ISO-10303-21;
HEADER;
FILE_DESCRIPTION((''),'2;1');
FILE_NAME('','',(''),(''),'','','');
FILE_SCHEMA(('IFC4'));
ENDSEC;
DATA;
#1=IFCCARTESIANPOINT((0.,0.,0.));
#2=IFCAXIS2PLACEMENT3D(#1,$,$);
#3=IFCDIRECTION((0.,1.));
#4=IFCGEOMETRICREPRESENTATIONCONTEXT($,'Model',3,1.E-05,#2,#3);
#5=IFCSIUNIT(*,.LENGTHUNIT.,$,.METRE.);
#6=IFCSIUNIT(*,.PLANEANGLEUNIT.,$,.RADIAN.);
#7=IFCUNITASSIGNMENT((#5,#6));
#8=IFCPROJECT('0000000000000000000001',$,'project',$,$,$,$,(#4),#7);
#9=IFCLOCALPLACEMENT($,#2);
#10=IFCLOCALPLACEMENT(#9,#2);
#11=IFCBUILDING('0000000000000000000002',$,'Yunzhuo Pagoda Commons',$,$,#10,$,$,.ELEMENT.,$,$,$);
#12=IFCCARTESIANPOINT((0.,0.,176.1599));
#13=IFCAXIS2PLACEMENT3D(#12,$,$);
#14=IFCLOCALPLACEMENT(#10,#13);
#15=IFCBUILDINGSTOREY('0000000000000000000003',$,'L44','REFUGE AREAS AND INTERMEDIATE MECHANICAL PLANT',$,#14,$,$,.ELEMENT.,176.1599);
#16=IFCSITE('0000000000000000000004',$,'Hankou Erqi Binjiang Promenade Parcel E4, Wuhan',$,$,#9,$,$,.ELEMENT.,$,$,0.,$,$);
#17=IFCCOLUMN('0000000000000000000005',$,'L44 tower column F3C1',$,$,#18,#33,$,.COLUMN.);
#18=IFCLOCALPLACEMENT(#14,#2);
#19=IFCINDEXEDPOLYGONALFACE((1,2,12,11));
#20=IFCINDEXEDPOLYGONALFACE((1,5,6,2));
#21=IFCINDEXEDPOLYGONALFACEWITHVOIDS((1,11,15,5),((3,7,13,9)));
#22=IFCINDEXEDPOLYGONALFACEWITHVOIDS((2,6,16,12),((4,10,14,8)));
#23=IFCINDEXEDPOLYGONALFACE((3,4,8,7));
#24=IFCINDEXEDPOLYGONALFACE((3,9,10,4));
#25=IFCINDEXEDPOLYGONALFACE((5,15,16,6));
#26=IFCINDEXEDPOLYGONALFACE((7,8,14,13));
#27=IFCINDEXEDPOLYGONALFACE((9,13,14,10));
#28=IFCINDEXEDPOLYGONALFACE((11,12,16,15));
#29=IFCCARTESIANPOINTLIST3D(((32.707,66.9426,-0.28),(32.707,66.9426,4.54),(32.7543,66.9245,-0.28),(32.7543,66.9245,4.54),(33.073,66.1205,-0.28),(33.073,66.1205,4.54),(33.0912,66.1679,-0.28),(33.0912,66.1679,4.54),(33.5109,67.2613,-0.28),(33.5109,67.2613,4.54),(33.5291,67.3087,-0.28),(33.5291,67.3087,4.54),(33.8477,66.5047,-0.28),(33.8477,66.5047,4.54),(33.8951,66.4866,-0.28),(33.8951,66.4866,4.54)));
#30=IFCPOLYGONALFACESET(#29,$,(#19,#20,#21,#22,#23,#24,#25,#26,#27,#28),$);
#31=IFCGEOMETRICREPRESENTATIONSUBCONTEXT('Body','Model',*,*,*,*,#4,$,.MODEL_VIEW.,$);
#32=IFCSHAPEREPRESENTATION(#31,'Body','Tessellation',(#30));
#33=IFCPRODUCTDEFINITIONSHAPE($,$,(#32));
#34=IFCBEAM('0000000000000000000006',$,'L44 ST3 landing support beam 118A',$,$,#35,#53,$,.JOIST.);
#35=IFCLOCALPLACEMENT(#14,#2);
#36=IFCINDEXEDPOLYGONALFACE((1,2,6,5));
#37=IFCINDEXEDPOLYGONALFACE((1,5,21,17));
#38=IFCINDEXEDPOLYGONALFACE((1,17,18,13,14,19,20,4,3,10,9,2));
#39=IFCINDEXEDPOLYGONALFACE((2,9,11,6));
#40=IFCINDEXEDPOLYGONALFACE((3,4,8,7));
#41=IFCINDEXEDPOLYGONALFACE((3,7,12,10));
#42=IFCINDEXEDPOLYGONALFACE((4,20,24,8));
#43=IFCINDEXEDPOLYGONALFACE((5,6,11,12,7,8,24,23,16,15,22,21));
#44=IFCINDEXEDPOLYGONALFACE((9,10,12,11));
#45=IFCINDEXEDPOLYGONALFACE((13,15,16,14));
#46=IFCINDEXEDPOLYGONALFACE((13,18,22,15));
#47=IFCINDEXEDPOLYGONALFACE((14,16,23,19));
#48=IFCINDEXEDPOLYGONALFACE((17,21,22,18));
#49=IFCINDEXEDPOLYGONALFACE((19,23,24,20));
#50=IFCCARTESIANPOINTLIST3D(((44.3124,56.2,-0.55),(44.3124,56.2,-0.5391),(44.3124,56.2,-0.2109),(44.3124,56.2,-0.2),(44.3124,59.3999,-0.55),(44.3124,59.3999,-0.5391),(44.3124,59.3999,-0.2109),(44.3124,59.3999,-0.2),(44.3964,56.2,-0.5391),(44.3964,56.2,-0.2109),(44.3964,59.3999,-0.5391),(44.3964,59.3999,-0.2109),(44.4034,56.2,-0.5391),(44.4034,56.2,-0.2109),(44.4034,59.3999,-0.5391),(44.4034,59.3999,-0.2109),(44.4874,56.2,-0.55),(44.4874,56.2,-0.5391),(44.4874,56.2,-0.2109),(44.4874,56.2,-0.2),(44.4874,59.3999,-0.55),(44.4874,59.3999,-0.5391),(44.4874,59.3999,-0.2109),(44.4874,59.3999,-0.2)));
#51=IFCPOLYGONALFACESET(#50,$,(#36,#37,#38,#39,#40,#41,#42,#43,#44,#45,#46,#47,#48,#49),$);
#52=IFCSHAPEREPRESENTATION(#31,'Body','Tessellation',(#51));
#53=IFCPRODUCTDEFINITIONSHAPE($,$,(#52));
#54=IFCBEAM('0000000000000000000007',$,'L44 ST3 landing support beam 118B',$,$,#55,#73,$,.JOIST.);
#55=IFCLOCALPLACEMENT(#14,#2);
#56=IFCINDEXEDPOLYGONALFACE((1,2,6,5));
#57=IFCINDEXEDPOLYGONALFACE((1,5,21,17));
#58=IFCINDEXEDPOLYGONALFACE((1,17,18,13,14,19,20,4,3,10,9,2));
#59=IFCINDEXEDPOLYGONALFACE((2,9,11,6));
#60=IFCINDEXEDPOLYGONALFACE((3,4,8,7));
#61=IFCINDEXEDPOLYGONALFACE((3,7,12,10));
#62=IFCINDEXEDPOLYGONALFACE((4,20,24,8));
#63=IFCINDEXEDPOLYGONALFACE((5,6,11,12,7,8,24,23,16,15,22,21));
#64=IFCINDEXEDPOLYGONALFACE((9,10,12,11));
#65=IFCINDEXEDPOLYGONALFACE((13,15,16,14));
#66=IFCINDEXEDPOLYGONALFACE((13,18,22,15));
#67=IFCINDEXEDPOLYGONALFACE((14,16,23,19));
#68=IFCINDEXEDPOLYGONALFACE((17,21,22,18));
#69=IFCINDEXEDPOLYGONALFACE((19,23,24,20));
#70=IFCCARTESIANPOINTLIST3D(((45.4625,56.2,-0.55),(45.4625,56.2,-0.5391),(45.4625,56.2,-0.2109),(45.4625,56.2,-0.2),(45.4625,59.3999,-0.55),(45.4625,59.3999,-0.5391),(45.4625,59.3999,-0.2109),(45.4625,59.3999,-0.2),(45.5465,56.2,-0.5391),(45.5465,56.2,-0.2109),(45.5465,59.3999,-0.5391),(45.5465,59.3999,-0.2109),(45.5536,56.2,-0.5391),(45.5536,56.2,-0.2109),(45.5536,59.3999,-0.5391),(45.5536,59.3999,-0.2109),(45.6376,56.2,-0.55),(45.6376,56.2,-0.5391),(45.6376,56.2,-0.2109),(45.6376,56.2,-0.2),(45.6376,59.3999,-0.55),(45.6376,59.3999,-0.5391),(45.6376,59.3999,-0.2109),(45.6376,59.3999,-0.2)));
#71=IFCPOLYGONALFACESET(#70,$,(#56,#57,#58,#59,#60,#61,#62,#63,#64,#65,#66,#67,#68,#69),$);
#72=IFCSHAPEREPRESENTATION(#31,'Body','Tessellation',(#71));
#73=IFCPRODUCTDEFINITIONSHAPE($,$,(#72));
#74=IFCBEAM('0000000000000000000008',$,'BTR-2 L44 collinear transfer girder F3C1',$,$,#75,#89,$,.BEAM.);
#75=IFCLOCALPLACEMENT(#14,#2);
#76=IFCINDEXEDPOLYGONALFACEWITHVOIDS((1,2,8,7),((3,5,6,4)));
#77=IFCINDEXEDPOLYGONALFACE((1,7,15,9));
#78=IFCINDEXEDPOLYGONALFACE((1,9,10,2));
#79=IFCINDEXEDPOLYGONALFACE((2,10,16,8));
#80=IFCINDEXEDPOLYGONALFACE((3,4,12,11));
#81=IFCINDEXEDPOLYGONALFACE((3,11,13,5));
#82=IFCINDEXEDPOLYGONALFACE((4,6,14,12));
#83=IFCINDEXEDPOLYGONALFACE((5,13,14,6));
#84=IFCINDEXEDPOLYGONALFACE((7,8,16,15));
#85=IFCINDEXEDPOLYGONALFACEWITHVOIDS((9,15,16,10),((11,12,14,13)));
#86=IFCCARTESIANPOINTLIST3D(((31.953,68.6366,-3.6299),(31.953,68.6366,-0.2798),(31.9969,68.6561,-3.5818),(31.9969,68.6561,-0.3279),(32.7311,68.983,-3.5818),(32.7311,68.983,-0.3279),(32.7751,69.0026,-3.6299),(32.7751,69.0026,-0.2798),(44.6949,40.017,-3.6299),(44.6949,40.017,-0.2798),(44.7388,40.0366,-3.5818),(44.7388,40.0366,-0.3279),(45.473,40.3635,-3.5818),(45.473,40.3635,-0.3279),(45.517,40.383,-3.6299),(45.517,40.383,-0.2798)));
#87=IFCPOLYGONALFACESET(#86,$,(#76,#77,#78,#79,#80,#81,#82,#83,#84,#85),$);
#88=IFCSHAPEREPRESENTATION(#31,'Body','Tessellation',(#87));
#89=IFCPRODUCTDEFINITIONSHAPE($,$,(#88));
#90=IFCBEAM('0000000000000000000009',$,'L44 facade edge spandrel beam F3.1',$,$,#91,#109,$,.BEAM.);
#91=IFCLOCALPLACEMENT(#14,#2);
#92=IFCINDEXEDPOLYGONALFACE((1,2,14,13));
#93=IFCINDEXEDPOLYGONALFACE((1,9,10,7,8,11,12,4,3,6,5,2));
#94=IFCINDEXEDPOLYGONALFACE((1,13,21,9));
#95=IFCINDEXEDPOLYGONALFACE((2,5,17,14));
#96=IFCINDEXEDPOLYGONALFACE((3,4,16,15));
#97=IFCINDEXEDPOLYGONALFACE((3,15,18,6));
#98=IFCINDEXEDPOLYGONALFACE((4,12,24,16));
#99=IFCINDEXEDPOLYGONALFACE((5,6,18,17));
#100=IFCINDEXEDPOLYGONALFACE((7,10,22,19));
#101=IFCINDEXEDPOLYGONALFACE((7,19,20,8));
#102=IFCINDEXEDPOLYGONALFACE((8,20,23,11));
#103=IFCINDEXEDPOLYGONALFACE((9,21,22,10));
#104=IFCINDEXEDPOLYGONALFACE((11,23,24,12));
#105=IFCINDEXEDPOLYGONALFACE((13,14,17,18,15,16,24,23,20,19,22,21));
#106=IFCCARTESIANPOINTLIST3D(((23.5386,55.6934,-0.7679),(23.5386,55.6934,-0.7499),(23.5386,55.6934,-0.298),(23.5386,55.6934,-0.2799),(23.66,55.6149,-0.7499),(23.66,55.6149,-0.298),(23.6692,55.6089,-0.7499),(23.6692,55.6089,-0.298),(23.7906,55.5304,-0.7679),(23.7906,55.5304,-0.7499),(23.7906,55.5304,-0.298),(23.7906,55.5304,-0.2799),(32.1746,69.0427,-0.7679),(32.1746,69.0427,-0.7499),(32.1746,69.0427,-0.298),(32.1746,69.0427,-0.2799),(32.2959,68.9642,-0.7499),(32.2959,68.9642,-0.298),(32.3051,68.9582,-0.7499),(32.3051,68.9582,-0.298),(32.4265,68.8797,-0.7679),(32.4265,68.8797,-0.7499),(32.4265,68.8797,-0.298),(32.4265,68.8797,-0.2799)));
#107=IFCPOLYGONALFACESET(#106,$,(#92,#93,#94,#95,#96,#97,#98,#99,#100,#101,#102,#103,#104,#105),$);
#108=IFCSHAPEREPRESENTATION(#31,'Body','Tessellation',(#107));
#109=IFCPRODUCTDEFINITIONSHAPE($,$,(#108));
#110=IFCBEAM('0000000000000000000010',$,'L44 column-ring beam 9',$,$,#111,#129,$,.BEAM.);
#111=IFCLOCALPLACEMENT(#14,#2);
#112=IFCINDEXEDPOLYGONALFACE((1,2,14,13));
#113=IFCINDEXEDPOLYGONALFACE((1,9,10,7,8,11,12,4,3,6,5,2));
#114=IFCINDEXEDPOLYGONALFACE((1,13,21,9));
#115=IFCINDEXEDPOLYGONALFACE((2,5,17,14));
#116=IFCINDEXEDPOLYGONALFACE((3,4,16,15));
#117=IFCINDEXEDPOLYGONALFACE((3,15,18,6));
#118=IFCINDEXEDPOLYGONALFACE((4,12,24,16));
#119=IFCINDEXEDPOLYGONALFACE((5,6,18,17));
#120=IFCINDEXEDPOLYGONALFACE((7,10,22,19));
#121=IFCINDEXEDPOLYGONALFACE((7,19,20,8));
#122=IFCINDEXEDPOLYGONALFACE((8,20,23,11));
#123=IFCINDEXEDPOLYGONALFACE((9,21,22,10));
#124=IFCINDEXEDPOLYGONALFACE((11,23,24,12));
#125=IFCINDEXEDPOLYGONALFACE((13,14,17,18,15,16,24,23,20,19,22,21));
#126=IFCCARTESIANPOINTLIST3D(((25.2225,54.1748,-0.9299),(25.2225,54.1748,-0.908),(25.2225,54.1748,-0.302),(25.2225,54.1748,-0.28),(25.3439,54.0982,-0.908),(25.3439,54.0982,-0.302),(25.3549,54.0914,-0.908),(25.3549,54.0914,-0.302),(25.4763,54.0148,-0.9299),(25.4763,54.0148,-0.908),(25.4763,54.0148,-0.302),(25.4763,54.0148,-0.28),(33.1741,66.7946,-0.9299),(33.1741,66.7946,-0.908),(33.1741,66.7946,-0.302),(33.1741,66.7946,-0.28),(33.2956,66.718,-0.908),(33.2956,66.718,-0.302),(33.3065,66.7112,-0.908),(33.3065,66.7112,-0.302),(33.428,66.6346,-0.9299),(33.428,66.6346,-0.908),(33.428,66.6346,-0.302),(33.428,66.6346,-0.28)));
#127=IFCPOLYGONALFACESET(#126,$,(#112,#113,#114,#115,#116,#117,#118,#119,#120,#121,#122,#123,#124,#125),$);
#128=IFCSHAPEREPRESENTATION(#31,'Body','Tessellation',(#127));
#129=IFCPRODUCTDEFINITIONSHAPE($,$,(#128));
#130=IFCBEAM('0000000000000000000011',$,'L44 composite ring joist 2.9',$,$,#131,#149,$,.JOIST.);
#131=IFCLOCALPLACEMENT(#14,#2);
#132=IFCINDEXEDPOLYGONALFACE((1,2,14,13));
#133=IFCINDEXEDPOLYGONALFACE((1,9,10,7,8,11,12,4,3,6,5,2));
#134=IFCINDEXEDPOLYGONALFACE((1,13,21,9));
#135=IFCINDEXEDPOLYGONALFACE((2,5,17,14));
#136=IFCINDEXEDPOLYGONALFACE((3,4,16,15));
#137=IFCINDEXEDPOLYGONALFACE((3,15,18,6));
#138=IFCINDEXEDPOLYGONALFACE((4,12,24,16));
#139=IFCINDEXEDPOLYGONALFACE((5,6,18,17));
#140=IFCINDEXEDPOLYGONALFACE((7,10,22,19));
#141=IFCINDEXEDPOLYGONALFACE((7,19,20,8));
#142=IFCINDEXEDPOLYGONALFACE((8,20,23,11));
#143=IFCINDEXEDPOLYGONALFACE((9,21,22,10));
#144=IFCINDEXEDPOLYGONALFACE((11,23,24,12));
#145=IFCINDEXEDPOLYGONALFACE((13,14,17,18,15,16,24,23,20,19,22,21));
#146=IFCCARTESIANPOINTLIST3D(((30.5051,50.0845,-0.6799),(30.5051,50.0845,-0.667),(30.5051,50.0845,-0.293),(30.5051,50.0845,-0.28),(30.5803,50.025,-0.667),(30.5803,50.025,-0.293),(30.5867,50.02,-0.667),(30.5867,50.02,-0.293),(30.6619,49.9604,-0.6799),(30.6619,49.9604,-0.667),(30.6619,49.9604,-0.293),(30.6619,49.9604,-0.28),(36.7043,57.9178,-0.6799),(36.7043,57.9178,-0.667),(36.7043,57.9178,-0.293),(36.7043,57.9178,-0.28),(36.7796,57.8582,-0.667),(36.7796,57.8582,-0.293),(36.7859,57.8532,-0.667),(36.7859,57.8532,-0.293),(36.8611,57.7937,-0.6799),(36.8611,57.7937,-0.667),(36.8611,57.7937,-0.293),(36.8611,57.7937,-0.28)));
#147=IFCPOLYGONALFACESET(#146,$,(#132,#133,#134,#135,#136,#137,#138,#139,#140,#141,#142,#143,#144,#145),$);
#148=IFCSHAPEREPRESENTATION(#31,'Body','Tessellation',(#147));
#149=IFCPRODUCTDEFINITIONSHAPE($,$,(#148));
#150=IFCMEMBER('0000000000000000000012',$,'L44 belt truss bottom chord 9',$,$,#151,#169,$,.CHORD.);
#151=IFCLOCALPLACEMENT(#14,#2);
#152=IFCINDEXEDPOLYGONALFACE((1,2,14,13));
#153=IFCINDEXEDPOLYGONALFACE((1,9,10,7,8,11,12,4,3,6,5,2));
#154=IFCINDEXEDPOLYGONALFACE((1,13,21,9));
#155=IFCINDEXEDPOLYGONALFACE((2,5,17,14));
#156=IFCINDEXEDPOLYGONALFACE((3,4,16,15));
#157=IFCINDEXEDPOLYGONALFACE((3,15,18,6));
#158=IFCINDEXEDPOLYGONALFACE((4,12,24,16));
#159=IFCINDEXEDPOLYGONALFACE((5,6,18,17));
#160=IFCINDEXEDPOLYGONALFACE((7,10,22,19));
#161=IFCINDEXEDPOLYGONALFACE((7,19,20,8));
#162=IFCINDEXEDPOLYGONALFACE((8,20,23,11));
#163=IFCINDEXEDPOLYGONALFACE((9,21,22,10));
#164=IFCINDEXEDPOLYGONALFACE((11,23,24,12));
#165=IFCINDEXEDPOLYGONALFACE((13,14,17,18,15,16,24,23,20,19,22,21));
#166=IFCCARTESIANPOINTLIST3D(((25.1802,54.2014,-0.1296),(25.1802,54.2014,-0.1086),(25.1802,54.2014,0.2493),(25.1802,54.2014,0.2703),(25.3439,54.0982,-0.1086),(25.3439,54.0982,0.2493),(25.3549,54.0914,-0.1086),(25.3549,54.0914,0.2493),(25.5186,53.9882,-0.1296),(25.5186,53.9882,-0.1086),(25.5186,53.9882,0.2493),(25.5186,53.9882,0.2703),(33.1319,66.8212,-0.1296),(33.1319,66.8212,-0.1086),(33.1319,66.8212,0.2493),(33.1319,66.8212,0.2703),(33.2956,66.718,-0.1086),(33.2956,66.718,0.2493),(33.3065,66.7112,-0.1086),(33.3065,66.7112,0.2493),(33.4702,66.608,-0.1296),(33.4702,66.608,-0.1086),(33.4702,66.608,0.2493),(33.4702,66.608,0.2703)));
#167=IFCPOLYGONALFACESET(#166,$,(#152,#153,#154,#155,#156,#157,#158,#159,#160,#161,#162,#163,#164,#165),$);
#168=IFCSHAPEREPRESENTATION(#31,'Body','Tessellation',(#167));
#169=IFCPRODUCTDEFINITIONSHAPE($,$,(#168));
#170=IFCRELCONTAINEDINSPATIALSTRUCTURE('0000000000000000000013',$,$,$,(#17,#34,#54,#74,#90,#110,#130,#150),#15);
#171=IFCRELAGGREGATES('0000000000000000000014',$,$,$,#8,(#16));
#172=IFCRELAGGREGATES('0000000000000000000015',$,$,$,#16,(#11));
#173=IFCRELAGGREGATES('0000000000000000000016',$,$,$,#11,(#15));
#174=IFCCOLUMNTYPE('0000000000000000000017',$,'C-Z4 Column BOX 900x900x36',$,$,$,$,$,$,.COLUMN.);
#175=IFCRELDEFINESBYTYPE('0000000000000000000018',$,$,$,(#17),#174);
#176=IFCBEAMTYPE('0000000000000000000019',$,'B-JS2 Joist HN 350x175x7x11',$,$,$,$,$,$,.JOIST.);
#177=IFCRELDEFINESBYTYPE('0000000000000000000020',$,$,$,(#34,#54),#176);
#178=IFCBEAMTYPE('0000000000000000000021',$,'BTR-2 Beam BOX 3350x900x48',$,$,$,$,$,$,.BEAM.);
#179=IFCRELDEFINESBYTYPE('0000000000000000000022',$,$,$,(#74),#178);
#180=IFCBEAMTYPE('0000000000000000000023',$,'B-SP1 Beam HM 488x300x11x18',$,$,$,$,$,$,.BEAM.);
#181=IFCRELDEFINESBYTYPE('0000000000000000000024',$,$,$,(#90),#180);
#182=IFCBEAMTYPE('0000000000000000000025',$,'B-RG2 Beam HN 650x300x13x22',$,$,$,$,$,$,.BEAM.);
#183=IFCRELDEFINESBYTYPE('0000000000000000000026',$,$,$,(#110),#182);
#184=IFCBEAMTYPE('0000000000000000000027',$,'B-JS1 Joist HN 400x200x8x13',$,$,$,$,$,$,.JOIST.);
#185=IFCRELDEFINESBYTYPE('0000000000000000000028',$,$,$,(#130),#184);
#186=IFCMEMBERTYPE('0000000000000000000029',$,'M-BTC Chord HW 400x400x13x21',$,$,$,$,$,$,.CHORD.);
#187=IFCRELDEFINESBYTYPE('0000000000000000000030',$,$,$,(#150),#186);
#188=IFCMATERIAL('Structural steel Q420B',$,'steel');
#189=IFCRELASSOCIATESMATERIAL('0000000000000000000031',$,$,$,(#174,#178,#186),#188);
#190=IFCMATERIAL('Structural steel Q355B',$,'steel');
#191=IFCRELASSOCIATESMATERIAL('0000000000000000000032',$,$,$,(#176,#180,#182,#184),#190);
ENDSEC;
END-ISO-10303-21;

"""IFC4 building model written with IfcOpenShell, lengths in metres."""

from ifc_helpers import new_model, si_unit, direction, frame, origin, origin_2d, place, context, subcontext, project, spatial, hollow_rectangle, i_section, extrude, source, transform, mapped, material, material_profile, profile_set, type_object, element, save


model = new_model("IFC4")

# Units and contexts
model_context = context("Model", 3, precision=1e-05, world=origin(), true_north=direction((0.0, 1.0)))
body_context = subcontext(model_context, "Body", "Model", "MODEL_VIEW")
ifc_project = project(units=[si_unit("LENGTHUNIT", "METRE"), si_unit("PLANEANGLEUNIT", "RADIAN")], contexts=[model_context])

# Site, building, storey
site_placement = place(None, origin())
site = spatial("IfcSite", under=ifc_project, at=site_placement, Name="Hankou Erqi Binjiang Promenade Parcel E4, Wuhan", CompositionType="ELEMENT", RefElevation=0.0)
building_placement = place(site_placement, origin())
building = spatial("IfcBuilding", under=site, at=building_placement, Name="Yunzhuo Pagoda Commons", CompositionType="ELEMENT")
storey_placement = place(building_placement, frame((0.0, 0.0, 176.1599)))
storey = spatial("IfcBuildingStorey", under=building, at=storey_placement, Name="L44", Description="REFUGE AREAS AND INTERMEDIATE MECHANICAL PLANT", CompositionType="ELEMENT", Elevation=176.1599)

# Column
ifc_material_1 = material(Name="Structural steel Q420B", Category="steel")
ifc_material_profile_1 = material_profile(ifc_material_1, hollow_rectangle(XDim=0.8999, YDim=0.8999, WallThickness=0.0359, at=origin_2d()), Name="Structural steel Q420B")
ifc_profile_set_1 = profile_set([ifc_material_profile_1], Name="Structural steel Q420B")
column_type = type_object("IfcColumnType", Name="C-Z4 Column BOX 900x900x36", PredefinedType="COLUMN", material=ifc_profile_set_1)
shared_shape_1 = source(origin(), body_context, "Body", "SweptSolid", [
    extrude(hollow_rectangle(XDim=0.8999, YDim=0.8999, WallThickness=0.0359, at=origin_2d()), origin(), (0.0, 0.0, 1.0), 4.8201),
])
column_placement = place(storey_placement, frame((33.301, 66.7146, -0.28), z_axis=(0.0, 0.0, 1.0), x_axis=(-0.913545, -0.406737, 0.0)))
element("IfcColumn", 1, at=column_placement, inside=storey, type_object=column_type, Name="L44 tower column F3C1", PredefinedType="COLUMN", context=body_context, shape_type="MappedRepresentation", body=[
    mapped(shared_shape_1, transform((0.0, 0.0, 0.0), scale=1.0)),
])

# Beams
ifc_material_2 = material(Name="Structural steel Q355B", Category="steel")
ifc_material_profile_2 = material_profile(ifc_material_2, i_section(OverallWidth=0.175, OverallDepth=0.3501, WebThickness=0.0071, FlangeThickness=0.011, at=origin_2d()), Name="Structural steel Q355B")
ifc_profile_set_2 = profile_set([ifc_material_profile_2], Name="Structural steel Q355B")
beam_type_1 = type_object("IfcBeamType", Name="B-JS2 Joist HN 350x175x7x11", PredefinedType="JOIST", material=ifc_profile_set_2)
shared_shape_2 = source(origin(), body_context, "Body", "SweptSolid", [
    extrude(i_section(OverallWidth=0.175, OverallDepth=0.3501, WebThickness=0.0071, FlangeThickness=0.011, at=origin_2d()), origin(), (0.0, 0.0, 1.0), 3.2),
])
for number, where, z_axis, x_axis, name in (
    (2, (44.3999, 56.2, -0.375), (0.0, 1.0, 0.0), (-1.0, 0.0, 0.0), "L44 ST3 landing support beam 118A"),
    (3, (45.55, 56.2, -0.375), (0.0, 1.0, 0.0), (-1.0, 0.0, 0.0), "L44 ST3 landing support beam 118B"),
):
    element("IfcBeam", number, at=place(storey_placement, frame(where, z_axis=z_axis, x_axis=x_axis)), inside=storey, type_object=beam_type_1, Name=name, PredefinedType="JOIST", context=body_context, shape_type="MappedRepresentation", body=[
        mapped(shared_shape_2, transform((0.0, 0.0, 0.0), scale=1.0)),
    ])
ifc_material_profile_3 = material_profile(ifc_material_1, hollow_rectangle(XDim=0.8999, YDim=3.3501, WallThickness=0.0481, at=origin_2d()), Name="Structural steel Q420B")
ifc_profile_set_3 = profile_set([ifc_material_profile_3], Name="Structural steel Q420B")
beam_type_2 = type_object("IfcBeamType", Name="BTR-2 Beam BOX 3350x900x48", PredefinedType="BEAM", material=ifc_profile_set_3)
shared_shape_3 = source(origin(), body_context, "Body", "SweptSolid", [
    extrude(hollow_rectangle(XDim=0.8999, YDim=3.3501, WallThickness=0.0481, at=origin_2d()), origin(), (0.0, 0.0, 1.0), 31.3279),
])
beam_1_placement = place(storey_placement, frame((32.364, 68.8196, -1.9548), z_axis=(0.406728, -0.913549, 0.0), x_axis=(0.913549, 0.406728, 0.0)))
element("IfcBeam", 4, at=beam_1_placement, inside=storey, type_object=beam_type_2, Name="BTR-2 L44 collinear transfer girder F3C1", PredefinedType="BEAM", context=body_context, shape_type="MappedRepresentation", body=[
    mapped(shared_shape_3, transform((0.0, 0.0, 0.0), scale=1.0)),
])
ifc_material_profile_4 = material_profile(ifc_material_2, i_section(OverallWidth=0.3, OverallDepth=0.488, WebThickness=0.011, FlangeThickness=0.0181, at=origin_2d()), Name="Structural steel Q355B")
ifc_profile_set_4 = profile_set([ifc_material_profile_4], Name="Structural steel Q355B")
beam_type_3 = type_object("IfcBeamType", Name="B-SP1 Beam HM 488x300x11x18", PredefinedType="BEAM", material=ifc_profile_set_4)
shared_shape_4 = source(origin(), body_context, "Body", "SweptSolid", [
    extrude(i_section(OverallWidth=0.3, OverallDepth=0.488, WebThickness=0.011, FlangeThickness=0.0181, at=origin_2d()), origin(), (0.0, 0.0, 1.0), 15.8992),
])
beam_2_placement = place(storey_placement, frame((32.3005, 68.9612, -0.5239), z_axis=(-0.54317, -0.839623, 0.0), x_axis=(0.839623, -0.54317, 0.0)))
element("IfcBeam", 5, at=beam_2_placement, inside=storey, type_object=beam_type_3, Name="L44 facade edge spandrel beam F3.1", PredefinedType="BEAM", context=body_context, shape_type="MappedRepresentation", body=[
    mapped(shared_shape_4, transform((0.0, 0.0, 0.0), scale=1.0)),
])
ifc_material_profile_5 = material_profile(ifc_material_2, i_section(OverallWidth=0.3, OverallDepth=0.6499, WebThickness=0.0129, FlangeThickness=0.022, at=origin_2d()), Name="Structural steel Q355B")
ifc_profile_set_5 = profile_set([ifc_material_profile_5], Name="Structural steel Q355B")
beam_type_4 = type_object("IfcBeamType", Name="B-RG2 Beam HN 650x300x13x22", PredefinedType="BEAM", material=ifc_profile_set_5)
shared_shape_5 = source(origin(), body_context, "Body", "SweptSolid", [
    extrude(i_section(OverallWidth=0.3, OverallDepth=0.6499, WebThickness=0.0129, FlangeThickness=0.022, at=origin_2d()), origin(), (0.0, 0.0, 1.0), 14.916),
])
beam_3_placement = place(storey_placement, frame((33.301, 66.7146, -0.605), z_axis=(-0.533092, -0.846057, 0.0), x_axis=(0.846057, -0.533092, 0.0)))
element("IfcBeam", 6, at=beam_3_placement, inside=storey, type_object=beam_type_4, Name="L44 column-ring beam 9", PredefinedType="BEAM", context=body_context, shape_type="MappedRepresentation", body=[
    mapped(shared_shape_5, transform((0.0, 0.0, 0.0), scale=1.0)),
])
ifc_material_profile_6 = material_profile(ifc_material_2, i_section(OverallWidth=0.2, OverallDepth=0.3999, WebThickness=0.0081, FlangeThickness=0.0129, at=origin_2d()), Name="Structural steel Q355B")
ifc_profile_set_6 = profile_set([ifc_material_profile_6], Name="Structural steel Q355B")
beam_type_5 = type_object("IfcBeamType", Name="B-JS1 Joist HN 400x200x8x13", PredefinedType="JOIST", material=ifc_profile_set_6)
shared_shape_6 = source(origin(), body_context, "Body", "SweptSolid", [
    extrude(i_section(OverallWidth=0.2, OverallDepth=0.3999, WebThickness=0.0081, FlangeThickness=0.0129, at=origin_2d()), origin(), (0.0, 0.0, 1.0), 9.9895),
])
beam_4_placement = place(storey_placement, frame((36.7827, 57.8557, -0.48), z_axis=(-0.620573, -0.784148, 0.0), x_axis=(0.784148, -0.620573, 0.0)))
element("IfcBeam", 7, at=beam_4_placement, inside=storey, type_object=beam_type_5, Name="L44 composite ring joist 2.9", PredefinedType="JOIST", context=body_context, shape_type="MappedRepresentation", body=[
    mapped(shared_shape_6, transform((0.0, 0.0, 0.0), scale=1.0)),
])

# Member
ifc_material_profile_7 = material_profile(ifc_material_1, i_section(OverallWidth=0.3999, OverallDepth=0.3999, WebThickness=0.0129, FlangeThickness=0.021, at=origin_2d()), Name="Structural steel Q420B")
ifc_profile_set_7 = profile_set([ifc_material_profile_7], Name="Structural steel Q420B")
member_type_1 = type_object("IfcMemberType", Name="M-BTC Chord HW 400x400x13x21", PredefinedType="CHORD", material=ifc_profile_set_7)
shared_shape_7 = source(origin(), body_context, "Body", "SweptSolid", [
    extrude(i_section(OverallWidth=0.3999, OverallDepth=0.3999, WebThickness=0.0129, FlangeThickness=0.021, at=origin_2d()), origin(), (0.0, 0.0, 1.0), 14.916),
])
for number, where, z_axis, x_axis, name in (
    (8, (33.301, 66.7146, 0.0703), (-0.533092, -0.846057, 0.0), (0.846057, -0.533092, 0.0), "L44 belt truss bottom chord 9"),
):
    element("IfcMember", number, at=place(storey_placement, frame(where, z_axis=z_axis, x_axis=x_axis)), inside=storey, type_object=member_type_1, Name=name, PredefinedType="CHORD", context=body_context, shape_type="MappedRepresentation", body=[
        mapped(shared_shape_7, transform((0.0, 0.0, 0.0), scale=1.0)),
    ])

save(model, "model.ifc")
